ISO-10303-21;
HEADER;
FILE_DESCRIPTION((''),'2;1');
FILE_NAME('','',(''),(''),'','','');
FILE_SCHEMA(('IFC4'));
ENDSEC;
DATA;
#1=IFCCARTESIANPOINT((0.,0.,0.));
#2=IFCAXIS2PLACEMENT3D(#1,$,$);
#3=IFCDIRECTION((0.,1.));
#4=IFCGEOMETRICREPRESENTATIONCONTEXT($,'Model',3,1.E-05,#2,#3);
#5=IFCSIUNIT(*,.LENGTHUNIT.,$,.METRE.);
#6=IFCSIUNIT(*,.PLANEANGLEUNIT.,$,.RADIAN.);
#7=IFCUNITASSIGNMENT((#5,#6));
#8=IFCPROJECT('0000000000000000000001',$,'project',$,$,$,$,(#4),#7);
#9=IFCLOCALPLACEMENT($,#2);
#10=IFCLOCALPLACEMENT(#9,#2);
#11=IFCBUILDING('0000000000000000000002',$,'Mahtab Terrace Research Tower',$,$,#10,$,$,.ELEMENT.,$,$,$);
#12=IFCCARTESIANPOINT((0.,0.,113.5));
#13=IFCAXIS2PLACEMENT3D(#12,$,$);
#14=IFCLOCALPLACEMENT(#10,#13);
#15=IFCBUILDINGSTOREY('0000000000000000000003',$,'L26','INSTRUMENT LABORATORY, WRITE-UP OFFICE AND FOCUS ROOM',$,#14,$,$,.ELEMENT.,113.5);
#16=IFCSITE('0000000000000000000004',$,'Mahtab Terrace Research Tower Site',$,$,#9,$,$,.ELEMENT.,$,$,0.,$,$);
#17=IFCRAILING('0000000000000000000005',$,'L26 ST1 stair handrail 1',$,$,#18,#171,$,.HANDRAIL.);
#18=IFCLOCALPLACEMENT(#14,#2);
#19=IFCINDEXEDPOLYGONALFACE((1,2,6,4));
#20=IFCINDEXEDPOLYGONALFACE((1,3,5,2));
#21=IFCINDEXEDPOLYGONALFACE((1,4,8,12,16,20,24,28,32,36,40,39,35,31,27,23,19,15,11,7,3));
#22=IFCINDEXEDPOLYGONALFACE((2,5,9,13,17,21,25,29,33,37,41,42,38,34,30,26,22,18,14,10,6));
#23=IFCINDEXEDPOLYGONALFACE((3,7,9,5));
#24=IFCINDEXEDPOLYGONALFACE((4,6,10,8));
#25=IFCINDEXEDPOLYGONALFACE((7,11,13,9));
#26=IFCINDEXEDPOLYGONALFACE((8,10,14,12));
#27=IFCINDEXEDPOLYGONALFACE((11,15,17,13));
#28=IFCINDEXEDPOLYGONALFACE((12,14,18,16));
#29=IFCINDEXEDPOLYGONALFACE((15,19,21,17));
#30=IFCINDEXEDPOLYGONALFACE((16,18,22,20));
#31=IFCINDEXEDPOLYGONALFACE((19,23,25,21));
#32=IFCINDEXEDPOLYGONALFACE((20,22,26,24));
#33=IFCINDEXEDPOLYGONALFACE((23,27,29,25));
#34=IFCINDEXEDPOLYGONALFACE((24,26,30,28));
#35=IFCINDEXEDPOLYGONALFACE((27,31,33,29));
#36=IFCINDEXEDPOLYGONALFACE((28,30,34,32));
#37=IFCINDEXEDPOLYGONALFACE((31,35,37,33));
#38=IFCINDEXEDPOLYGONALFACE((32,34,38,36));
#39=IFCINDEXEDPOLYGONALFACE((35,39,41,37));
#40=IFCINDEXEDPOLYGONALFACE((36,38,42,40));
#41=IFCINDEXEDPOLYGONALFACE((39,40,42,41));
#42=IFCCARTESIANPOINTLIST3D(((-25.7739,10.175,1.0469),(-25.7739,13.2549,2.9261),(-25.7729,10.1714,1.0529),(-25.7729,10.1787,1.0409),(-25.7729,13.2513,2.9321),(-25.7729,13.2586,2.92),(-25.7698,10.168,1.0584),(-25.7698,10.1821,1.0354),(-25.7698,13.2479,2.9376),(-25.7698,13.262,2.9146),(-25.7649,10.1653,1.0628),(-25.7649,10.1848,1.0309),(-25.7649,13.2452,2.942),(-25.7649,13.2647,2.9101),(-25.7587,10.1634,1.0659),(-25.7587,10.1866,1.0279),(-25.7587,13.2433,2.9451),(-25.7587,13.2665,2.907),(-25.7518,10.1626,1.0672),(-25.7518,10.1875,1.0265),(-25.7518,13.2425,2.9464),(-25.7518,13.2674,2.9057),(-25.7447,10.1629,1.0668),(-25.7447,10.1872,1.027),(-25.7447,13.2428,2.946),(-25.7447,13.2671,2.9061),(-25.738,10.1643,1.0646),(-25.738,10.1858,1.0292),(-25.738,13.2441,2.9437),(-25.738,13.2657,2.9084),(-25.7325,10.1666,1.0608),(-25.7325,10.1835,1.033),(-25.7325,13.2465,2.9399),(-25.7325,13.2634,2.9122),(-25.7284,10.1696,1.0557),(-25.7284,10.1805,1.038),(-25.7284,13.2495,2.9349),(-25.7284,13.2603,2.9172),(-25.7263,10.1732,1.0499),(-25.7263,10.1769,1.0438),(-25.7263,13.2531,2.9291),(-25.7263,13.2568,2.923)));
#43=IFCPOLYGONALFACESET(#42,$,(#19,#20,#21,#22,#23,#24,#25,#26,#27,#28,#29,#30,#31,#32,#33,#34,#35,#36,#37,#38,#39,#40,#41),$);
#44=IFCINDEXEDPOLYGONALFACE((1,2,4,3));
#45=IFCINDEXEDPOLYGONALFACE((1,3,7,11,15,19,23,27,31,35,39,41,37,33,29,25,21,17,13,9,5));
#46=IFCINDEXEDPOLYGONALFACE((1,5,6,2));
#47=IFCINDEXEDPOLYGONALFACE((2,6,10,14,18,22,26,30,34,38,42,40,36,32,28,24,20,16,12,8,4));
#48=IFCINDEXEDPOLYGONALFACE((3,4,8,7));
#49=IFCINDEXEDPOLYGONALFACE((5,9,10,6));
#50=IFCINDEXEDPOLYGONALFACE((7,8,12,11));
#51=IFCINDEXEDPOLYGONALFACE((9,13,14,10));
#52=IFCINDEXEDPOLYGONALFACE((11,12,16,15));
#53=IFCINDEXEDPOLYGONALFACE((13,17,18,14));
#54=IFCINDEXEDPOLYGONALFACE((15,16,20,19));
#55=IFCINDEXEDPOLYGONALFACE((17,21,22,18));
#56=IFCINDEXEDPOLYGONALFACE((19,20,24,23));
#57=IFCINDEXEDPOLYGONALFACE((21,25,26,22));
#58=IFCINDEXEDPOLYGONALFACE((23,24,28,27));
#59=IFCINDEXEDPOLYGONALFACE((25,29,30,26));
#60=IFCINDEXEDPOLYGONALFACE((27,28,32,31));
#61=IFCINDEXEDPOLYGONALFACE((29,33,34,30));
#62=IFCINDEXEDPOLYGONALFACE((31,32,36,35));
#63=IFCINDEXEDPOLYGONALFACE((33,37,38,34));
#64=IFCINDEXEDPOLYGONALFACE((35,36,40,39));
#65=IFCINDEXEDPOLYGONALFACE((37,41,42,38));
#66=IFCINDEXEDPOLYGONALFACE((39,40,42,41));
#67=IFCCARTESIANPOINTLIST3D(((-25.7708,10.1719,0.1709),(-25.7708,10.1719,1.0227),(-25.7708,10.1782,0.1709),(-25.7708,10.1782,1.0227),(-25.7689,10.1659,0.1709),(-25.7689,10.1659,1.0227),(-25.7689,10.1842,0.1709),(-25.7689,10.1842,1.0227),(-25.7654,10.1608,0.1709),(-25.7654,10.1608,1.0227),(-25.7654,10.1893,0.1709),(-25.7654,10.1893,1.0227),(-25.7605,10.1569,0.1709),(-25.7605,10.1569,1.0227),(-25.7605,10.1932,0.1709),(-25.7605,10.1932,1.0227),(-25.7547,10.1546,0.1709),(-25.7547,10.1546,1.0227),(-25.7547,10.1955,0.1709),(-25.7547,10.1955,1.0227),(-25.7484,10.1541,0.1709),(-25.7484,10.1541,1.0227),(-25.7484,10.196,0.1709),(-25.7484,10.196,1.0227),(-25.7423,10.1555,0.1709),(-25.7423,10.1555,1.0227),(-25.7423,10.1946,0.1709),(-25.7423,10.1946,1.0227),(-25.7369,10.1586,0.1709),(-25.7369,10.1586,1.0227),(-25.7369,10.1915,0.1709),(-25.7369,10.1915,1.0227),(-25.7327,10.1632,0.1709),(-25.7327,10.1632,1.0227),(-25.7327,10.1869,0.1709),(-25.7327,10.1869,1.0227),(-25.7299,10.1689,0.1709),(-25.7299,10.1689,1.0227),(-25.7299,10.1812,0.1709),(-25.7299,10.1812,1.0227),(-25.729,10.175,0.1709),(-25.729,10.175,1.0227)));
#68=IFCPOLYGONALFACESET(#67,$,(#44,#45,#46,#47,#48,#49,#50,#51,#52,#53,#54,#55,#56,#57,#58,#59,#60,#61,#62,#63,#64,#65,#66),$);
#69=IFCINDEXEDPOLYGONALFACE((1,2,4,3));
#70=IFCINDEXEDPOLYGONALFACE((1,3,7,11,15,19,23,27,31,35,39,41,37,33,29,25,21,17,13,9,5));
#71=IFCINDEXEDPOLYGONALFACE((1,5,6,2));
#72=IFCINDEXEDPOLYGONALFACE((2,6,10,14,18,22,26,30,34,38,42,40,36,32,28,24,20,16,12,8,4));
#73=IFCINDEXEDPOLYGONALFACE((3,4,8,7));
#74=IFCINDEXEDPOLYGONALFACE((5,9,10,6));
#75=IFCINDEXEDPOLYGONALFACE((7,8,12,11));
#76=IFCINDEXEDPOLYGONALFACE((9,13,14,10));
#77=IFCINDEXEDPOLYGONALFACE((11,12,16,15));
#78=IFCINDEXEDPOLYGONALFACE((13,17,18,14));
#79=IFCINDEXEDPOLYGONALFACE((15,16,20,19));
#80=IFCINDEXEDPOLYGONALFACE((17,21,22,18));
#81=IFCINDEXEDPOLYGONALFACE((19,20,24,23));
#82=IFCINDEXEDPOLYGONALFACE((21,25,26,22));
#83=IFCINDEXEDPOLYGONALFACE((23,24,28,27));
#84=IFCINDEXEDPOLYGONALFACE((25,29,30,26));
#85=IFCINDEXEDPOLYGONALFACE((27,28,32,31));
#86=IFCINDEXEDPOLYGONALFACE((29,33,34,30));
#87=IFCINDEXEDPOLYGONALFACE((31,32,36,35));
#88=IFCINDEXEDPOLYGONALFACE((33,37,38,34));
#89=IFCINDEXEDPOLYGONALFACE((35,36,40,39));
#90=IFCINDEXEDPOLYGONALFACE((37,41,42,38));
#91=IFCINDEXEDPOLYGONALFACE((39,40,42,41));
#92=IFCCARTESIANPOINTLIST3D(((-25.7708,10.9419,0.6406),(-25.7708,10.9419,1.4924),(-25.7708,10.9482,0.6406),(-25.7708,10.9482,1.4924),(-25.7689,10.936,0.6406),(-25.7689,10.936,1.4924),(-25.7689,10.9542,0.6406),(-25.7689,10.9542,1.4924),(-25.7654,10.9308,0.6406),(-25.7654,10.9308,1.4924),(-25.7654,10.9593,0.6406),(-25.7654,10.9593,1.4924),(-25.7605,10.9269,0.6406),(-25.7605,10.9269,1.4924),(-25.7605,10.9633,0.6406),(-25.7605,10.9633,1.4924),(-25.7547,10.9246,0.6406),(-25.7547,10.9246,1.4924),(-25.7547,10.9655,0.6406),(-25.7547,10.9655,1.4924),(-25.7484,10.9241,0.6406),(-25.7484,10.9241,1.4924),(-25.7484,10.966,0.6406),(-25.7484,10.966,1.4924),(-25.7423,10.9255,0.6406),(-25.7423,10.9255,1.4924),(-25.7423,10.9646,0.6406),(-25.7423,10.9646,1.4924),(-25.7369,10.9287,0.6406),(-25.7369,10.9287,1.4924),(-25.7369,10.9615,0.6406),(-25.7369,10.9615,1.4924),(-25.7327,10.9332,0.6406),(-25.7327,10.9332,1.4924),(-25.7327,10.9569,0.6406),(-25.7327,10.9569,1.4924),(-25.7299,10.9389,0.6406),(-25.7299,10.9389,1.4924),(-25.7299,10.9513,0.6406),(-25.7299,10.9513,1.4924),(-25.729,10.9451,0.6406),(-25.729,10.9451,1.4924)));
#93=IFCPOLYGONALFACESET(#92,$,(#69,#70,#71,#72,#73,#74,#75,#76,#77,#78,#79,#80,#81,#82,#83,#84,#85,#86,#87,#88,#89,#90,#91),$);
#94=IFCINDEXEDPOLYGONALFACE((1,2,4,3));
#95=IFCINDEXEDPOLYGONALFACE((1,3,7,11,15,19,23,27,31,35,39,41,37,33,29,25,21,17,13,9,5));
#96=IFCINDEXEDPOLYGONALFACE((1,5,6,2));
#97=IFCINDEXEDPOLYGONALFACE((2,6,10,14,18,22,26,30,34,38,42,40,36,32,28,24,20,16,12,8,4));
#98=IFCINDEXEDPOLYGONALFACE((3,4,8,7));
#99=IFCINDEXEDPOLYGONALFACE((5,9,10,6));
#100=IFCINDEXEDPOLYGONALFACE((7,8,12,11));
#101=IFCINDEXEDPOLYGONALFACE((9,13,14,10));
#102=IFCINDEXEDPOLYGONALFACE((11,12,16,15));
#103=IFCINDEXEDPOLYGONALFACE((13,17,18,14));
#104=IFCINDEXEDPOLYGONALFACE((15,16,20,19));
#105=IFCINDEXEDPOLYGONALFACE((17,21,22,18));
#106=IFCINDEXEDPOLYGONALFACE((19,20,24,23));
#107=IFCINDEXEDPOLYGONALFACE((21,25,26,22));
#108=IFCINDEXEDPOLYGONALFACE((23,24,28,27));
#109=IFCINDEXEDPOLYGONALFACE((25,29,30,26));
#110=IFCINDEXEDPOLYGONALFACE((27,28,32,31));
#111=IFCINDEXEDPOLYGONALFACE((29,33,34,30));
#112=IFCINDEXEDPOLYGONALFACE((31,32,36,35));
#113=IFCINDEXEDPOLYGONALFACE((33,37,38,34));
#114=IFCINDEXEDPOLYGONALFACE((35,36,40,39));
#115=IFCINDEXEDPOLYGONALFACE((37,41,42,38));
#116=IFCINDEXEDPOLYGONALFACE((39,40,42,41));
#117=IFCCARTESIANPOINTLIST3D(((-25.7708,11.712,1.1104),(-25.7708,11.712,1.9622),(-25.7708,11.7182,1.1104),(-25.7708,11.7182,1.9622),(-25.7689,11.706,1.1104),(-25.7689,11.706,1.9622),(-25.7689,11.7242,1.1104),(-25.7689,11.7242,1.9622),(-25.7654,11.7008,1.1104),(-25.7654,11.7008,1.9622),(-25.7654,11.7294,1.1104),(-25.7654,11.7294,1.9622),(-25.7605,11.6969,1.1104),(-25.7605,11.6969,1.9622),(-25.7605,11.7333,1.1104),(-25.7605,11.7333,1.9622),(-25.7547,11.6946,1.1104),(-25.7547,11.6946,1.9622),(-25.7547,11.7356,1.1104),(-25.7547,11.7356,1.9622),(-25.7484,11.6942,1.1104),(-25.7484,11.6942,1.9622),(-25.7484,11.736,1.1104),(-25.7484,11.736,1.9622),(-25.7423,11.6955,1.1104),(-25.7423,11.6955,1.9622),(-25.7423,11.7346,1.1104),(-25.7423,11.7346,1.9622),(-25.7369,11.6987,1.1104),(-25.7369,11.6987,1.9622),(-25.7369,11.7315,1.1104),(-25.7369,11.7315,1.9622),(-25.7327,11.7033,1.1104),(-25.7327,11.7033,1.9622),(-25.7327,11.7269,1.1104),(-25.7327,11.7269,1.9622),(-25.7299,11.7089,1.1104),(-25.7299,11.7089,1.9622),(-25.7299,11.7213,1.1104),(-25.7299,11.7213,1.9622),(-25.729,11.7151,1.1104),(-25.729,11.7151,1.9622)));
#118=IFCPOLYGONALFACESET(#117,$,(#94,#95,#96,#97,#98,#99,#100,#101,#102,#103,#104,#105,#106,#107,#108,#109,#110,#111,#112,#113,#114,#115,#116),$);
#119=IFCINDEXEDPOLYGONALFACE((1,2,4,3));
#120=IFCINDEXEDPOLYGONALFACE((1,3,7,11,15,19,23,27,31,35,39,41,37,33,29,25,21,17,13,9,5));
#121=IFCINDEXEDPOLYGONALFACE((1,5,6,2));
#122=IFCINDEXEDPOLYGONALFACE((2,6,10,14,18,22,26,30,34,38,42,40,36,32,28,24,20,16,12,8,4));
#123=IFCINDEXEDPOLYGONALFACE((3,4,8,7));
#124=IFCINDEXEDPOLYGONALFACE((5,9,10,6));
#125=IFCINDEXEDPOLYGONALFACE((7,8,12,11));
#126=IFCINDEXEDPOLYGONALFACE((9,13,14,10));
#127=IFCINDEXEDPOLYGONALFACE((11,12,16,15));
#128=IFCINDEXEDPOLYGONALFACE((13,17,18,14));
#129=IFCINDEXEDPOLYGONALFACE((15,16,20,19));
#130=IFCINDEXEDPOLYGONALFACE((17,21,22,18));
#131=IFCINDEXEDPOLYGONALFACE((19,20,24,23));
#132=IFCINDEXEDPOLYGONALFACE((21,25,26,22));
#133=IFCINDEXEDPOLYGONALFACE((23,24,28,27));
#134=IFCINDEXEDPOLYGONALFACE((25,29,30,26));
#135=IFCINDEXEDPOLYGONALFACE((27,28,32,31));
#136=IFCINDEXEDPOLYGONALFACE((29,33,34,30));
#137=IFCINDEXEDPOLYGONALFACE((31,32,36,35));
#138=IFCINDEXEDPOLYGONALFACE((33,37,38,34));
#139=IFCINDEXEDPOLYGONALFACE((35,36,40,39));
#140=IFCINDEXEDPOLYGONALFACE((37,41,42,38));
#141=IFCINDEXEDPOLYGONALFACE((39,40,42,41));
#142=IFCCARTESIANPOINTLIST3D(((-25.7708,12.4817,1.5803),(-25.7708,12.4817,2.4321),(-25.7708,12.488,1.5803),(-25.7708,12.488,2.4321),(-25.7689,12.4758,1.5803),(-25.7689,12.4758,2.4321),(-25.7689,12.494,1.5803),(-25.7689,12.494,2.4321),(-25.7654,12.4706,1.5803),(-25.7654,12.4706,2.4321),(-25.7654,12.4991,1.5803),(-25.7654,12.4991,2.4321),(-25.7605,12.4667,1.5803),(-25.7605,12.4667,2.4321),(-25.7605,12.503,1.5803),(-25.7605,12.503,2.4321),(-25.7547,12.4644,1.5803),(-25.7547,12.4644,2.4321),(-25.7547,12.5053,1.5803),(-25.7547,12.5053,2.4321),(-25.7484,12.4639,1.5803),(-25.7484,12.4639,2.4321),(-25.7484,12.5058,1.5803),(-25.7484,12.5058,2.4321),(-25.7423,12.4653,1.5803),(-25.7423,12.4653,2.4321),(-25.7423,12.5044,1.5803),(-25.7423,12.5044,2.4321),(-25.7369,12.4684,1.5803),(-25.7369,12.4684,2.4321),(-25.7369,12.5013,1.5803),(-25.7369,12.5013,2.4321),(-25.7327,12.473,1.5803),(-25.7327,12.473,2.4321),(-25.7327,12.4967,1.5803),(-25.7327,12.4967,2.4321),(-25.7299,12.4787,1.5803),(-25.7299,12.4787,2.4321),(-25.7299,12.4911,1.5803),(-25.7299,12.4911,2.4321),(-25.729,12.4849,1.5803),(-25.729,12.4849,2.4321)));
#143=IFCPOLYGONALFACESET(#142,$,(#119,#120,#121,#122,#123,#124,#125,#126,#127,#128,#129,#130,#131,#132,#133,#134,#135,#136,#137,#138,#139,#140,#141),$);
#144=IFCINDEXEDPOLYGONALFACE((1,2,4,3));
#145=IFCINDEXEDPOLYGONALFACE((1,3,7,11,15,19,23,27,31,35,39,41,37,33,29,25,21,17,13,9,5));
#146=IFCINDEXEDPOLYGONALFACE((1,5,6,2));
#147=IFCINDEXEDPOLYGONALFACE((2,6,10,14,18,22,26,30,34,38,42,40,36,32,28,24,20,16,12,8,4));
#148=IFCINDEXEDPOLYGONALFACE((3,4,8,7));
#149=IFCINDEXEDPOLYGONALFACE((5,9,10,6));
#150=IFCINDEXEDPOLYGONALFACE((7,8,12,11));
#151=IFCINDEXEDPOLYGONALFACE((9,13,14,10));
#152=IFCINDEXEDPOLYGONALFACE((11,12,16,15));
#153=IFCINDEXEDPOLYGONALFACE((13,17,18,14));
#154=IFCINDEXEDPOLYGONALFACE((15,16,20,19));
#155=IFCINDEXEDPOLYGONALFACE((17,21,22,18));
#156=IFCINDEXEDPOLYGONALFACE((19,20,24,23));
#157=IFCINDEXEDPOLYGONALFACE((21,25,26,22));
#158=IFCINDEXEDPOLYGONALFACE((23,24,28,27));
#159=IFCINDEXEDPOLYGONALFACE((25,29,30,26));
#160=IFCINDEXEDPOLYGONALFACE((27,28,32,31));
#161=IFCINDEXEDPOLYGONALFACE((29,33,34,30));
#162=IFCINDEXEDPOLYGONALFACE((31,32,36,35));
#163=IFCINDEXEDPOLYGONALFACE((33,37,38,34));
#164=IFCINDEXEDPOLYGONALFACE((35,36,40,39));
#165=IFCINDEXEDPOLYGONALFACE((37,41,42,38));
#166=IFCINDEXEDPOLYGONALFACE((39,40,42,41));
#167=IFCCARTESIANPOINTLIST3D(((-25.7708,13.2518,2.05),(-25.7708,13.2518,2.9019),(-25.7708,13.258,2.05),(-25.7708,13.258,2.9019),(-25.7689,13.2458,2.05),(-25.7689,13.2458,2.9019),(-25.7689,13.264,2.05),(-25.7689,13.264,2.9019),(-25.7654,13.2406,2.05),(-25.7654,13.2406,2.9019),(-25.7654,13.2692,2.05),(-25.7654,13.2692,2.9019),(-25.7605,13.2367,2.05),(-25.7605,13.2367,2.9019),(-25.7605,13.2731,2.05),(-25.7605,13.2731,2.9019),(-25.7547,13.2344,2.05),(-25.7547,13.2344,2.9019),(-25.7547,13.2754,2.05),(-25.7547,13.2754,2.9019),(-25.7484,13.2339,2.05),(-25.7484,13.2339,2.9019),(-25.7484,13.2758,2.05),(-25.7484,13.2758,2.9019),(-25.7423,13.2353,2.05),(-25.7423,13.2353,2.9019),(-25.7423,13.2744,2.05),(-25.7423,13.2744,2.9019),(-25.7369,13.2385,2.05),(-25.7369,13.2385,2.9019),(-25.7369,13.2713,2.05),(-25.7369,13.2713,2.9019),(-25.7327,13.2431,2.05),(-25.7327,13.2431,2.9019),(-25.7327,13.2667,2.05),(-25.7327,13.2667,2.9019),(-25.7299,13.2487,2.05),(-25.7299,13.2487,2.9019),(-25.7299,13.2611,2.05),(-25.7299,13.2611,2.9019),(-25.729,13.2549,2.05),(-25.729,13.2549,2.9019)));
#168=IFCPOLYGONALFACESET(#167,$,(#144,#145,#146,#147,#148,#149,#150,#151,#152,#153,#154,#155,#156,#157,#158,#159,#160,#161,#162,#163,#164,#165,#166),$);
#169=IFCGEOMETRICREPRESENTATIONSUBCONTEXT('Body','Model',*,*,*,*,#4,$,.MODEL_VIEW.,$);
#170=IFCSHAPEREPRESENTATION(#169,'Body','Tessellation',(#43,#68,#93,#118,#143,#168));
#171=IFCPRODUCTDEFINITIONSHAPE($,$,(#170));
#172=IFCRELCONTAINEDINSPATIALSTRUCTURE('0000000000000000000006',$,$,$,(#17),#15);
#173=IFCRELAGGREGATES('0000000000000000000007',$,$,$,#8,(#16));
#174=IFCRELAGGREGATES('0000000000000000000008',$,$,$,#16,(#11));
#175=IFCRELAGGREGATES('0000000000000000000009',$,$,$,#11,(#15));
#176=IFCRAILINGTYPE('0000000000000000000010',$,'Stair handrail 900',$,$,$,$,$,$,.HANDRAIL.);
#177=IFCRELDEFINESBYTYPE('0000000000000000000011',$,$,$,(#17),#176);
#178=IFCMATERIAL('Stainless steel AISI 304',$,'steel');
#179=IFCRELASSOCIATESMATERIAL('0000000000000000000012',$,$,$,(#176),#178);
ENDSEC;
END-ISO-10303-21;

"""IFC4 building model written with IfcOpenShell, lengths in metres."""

from ifc_helpers import new_model, si_unit, direction, frame, origin, origin_2d, place, context, subcontext, project, spatial, circle, extrude, material, type_object, element, save


model = new_model("IFC4")

# Units and contexts
model_context = context("Model", 3, precision=1e-05, world=origin(), true_north=direction((0.0, 1.0)))
body_context = subcontext(model_context, "Body", "Model", "MODEL_VIEW")
ifc_project = project(units=[si_unit("LENGTHUNIT", "METRE"), si_unit("PLANEANGLEUNIT", "RADIAN")], contexts=[model_context])

# Site, building, storey
site_placement = place(None, origin())
site = spatial("IfcSite", under=ifc_project, at=site_placement, Name="Mahtab Terrace Research Tower Site", CompositionType="ELEMENT", RefElevation=0.0)
building_placement = place(site_placement, origin())
building = spatial("IfcBuilding", under=site, at=building_placement, Name="Mahtab Terrace Research Tower", CompositionType="ELEMENT")
storey_placement = place(building_placement, frame((0.0, 0.0, 113.5)))
storey = spatial("IfcBuildingStorey", under=building, at=storey_placement, Name="L26", Description="INSTRUMENT LABORATORY, WRITE-UP OFFICE AND FOCUS ROOM", CompositionType="ELEMENT", Elevation=113.5)

# Shared definitions
ifc_material_1 = material(Name="Stainless steel AISI 304", Category="steel")

# Railing
railing_type = type_object("IfcRailingType", Name="Stair handrail 900", PredefinedType="HANDRAIL", material=ifc_material_1)
railing_placement = place(storey_placement, frame((-25.75, 10.175, 0.1709)))
element("IfcRailing", 1, at=railing_placement, inside=storey, type_object=railing_type, Name="L26 ST1 stair handrail 1", PredefinedType="HANDRAIL", context=body_context, shape_type="SweptSolid", body=[
    extrude(circle(Radius=0.0239, at=origin_2d()), frame((0.0, 0.0, 0.876), z_axis=(0.0, 0.853648, 0.52085), x_axis=(-1.0, 0.0, 0.0)), (0.0, 0.0, 1.0), 3.6079),
    extrude(circle(Radius=0.021, at=origin_2d()), origin(), (0.0, 0.0, 1.0), 0.8518),
    extrude(circle(Radius=0.021, at=origin_2d()), frame((0.0, 0.77, 0.4697)), (0.0, 0.0, 1.0), 0.8518),
    extrude(circle(Radius=0.021, at=origin_2d()), frame((0.0, 1.54, 0.9395)), (0.0, 0.0, 1.0), 0.8518),
    extrude(circle(Radius=0.021, at=origin_2d()), frame((0.0, 2.3098, 1.4094)), (0.0, 0.0, 1.0), 0.8518),
    extrude(circle(Radius=0.021, at=origin_2d()), frame((0.0, 3.0798, 1.8792)), (0.0, 0.0, 1.0), 0.8518),
])

save(model, "model.ifc")
